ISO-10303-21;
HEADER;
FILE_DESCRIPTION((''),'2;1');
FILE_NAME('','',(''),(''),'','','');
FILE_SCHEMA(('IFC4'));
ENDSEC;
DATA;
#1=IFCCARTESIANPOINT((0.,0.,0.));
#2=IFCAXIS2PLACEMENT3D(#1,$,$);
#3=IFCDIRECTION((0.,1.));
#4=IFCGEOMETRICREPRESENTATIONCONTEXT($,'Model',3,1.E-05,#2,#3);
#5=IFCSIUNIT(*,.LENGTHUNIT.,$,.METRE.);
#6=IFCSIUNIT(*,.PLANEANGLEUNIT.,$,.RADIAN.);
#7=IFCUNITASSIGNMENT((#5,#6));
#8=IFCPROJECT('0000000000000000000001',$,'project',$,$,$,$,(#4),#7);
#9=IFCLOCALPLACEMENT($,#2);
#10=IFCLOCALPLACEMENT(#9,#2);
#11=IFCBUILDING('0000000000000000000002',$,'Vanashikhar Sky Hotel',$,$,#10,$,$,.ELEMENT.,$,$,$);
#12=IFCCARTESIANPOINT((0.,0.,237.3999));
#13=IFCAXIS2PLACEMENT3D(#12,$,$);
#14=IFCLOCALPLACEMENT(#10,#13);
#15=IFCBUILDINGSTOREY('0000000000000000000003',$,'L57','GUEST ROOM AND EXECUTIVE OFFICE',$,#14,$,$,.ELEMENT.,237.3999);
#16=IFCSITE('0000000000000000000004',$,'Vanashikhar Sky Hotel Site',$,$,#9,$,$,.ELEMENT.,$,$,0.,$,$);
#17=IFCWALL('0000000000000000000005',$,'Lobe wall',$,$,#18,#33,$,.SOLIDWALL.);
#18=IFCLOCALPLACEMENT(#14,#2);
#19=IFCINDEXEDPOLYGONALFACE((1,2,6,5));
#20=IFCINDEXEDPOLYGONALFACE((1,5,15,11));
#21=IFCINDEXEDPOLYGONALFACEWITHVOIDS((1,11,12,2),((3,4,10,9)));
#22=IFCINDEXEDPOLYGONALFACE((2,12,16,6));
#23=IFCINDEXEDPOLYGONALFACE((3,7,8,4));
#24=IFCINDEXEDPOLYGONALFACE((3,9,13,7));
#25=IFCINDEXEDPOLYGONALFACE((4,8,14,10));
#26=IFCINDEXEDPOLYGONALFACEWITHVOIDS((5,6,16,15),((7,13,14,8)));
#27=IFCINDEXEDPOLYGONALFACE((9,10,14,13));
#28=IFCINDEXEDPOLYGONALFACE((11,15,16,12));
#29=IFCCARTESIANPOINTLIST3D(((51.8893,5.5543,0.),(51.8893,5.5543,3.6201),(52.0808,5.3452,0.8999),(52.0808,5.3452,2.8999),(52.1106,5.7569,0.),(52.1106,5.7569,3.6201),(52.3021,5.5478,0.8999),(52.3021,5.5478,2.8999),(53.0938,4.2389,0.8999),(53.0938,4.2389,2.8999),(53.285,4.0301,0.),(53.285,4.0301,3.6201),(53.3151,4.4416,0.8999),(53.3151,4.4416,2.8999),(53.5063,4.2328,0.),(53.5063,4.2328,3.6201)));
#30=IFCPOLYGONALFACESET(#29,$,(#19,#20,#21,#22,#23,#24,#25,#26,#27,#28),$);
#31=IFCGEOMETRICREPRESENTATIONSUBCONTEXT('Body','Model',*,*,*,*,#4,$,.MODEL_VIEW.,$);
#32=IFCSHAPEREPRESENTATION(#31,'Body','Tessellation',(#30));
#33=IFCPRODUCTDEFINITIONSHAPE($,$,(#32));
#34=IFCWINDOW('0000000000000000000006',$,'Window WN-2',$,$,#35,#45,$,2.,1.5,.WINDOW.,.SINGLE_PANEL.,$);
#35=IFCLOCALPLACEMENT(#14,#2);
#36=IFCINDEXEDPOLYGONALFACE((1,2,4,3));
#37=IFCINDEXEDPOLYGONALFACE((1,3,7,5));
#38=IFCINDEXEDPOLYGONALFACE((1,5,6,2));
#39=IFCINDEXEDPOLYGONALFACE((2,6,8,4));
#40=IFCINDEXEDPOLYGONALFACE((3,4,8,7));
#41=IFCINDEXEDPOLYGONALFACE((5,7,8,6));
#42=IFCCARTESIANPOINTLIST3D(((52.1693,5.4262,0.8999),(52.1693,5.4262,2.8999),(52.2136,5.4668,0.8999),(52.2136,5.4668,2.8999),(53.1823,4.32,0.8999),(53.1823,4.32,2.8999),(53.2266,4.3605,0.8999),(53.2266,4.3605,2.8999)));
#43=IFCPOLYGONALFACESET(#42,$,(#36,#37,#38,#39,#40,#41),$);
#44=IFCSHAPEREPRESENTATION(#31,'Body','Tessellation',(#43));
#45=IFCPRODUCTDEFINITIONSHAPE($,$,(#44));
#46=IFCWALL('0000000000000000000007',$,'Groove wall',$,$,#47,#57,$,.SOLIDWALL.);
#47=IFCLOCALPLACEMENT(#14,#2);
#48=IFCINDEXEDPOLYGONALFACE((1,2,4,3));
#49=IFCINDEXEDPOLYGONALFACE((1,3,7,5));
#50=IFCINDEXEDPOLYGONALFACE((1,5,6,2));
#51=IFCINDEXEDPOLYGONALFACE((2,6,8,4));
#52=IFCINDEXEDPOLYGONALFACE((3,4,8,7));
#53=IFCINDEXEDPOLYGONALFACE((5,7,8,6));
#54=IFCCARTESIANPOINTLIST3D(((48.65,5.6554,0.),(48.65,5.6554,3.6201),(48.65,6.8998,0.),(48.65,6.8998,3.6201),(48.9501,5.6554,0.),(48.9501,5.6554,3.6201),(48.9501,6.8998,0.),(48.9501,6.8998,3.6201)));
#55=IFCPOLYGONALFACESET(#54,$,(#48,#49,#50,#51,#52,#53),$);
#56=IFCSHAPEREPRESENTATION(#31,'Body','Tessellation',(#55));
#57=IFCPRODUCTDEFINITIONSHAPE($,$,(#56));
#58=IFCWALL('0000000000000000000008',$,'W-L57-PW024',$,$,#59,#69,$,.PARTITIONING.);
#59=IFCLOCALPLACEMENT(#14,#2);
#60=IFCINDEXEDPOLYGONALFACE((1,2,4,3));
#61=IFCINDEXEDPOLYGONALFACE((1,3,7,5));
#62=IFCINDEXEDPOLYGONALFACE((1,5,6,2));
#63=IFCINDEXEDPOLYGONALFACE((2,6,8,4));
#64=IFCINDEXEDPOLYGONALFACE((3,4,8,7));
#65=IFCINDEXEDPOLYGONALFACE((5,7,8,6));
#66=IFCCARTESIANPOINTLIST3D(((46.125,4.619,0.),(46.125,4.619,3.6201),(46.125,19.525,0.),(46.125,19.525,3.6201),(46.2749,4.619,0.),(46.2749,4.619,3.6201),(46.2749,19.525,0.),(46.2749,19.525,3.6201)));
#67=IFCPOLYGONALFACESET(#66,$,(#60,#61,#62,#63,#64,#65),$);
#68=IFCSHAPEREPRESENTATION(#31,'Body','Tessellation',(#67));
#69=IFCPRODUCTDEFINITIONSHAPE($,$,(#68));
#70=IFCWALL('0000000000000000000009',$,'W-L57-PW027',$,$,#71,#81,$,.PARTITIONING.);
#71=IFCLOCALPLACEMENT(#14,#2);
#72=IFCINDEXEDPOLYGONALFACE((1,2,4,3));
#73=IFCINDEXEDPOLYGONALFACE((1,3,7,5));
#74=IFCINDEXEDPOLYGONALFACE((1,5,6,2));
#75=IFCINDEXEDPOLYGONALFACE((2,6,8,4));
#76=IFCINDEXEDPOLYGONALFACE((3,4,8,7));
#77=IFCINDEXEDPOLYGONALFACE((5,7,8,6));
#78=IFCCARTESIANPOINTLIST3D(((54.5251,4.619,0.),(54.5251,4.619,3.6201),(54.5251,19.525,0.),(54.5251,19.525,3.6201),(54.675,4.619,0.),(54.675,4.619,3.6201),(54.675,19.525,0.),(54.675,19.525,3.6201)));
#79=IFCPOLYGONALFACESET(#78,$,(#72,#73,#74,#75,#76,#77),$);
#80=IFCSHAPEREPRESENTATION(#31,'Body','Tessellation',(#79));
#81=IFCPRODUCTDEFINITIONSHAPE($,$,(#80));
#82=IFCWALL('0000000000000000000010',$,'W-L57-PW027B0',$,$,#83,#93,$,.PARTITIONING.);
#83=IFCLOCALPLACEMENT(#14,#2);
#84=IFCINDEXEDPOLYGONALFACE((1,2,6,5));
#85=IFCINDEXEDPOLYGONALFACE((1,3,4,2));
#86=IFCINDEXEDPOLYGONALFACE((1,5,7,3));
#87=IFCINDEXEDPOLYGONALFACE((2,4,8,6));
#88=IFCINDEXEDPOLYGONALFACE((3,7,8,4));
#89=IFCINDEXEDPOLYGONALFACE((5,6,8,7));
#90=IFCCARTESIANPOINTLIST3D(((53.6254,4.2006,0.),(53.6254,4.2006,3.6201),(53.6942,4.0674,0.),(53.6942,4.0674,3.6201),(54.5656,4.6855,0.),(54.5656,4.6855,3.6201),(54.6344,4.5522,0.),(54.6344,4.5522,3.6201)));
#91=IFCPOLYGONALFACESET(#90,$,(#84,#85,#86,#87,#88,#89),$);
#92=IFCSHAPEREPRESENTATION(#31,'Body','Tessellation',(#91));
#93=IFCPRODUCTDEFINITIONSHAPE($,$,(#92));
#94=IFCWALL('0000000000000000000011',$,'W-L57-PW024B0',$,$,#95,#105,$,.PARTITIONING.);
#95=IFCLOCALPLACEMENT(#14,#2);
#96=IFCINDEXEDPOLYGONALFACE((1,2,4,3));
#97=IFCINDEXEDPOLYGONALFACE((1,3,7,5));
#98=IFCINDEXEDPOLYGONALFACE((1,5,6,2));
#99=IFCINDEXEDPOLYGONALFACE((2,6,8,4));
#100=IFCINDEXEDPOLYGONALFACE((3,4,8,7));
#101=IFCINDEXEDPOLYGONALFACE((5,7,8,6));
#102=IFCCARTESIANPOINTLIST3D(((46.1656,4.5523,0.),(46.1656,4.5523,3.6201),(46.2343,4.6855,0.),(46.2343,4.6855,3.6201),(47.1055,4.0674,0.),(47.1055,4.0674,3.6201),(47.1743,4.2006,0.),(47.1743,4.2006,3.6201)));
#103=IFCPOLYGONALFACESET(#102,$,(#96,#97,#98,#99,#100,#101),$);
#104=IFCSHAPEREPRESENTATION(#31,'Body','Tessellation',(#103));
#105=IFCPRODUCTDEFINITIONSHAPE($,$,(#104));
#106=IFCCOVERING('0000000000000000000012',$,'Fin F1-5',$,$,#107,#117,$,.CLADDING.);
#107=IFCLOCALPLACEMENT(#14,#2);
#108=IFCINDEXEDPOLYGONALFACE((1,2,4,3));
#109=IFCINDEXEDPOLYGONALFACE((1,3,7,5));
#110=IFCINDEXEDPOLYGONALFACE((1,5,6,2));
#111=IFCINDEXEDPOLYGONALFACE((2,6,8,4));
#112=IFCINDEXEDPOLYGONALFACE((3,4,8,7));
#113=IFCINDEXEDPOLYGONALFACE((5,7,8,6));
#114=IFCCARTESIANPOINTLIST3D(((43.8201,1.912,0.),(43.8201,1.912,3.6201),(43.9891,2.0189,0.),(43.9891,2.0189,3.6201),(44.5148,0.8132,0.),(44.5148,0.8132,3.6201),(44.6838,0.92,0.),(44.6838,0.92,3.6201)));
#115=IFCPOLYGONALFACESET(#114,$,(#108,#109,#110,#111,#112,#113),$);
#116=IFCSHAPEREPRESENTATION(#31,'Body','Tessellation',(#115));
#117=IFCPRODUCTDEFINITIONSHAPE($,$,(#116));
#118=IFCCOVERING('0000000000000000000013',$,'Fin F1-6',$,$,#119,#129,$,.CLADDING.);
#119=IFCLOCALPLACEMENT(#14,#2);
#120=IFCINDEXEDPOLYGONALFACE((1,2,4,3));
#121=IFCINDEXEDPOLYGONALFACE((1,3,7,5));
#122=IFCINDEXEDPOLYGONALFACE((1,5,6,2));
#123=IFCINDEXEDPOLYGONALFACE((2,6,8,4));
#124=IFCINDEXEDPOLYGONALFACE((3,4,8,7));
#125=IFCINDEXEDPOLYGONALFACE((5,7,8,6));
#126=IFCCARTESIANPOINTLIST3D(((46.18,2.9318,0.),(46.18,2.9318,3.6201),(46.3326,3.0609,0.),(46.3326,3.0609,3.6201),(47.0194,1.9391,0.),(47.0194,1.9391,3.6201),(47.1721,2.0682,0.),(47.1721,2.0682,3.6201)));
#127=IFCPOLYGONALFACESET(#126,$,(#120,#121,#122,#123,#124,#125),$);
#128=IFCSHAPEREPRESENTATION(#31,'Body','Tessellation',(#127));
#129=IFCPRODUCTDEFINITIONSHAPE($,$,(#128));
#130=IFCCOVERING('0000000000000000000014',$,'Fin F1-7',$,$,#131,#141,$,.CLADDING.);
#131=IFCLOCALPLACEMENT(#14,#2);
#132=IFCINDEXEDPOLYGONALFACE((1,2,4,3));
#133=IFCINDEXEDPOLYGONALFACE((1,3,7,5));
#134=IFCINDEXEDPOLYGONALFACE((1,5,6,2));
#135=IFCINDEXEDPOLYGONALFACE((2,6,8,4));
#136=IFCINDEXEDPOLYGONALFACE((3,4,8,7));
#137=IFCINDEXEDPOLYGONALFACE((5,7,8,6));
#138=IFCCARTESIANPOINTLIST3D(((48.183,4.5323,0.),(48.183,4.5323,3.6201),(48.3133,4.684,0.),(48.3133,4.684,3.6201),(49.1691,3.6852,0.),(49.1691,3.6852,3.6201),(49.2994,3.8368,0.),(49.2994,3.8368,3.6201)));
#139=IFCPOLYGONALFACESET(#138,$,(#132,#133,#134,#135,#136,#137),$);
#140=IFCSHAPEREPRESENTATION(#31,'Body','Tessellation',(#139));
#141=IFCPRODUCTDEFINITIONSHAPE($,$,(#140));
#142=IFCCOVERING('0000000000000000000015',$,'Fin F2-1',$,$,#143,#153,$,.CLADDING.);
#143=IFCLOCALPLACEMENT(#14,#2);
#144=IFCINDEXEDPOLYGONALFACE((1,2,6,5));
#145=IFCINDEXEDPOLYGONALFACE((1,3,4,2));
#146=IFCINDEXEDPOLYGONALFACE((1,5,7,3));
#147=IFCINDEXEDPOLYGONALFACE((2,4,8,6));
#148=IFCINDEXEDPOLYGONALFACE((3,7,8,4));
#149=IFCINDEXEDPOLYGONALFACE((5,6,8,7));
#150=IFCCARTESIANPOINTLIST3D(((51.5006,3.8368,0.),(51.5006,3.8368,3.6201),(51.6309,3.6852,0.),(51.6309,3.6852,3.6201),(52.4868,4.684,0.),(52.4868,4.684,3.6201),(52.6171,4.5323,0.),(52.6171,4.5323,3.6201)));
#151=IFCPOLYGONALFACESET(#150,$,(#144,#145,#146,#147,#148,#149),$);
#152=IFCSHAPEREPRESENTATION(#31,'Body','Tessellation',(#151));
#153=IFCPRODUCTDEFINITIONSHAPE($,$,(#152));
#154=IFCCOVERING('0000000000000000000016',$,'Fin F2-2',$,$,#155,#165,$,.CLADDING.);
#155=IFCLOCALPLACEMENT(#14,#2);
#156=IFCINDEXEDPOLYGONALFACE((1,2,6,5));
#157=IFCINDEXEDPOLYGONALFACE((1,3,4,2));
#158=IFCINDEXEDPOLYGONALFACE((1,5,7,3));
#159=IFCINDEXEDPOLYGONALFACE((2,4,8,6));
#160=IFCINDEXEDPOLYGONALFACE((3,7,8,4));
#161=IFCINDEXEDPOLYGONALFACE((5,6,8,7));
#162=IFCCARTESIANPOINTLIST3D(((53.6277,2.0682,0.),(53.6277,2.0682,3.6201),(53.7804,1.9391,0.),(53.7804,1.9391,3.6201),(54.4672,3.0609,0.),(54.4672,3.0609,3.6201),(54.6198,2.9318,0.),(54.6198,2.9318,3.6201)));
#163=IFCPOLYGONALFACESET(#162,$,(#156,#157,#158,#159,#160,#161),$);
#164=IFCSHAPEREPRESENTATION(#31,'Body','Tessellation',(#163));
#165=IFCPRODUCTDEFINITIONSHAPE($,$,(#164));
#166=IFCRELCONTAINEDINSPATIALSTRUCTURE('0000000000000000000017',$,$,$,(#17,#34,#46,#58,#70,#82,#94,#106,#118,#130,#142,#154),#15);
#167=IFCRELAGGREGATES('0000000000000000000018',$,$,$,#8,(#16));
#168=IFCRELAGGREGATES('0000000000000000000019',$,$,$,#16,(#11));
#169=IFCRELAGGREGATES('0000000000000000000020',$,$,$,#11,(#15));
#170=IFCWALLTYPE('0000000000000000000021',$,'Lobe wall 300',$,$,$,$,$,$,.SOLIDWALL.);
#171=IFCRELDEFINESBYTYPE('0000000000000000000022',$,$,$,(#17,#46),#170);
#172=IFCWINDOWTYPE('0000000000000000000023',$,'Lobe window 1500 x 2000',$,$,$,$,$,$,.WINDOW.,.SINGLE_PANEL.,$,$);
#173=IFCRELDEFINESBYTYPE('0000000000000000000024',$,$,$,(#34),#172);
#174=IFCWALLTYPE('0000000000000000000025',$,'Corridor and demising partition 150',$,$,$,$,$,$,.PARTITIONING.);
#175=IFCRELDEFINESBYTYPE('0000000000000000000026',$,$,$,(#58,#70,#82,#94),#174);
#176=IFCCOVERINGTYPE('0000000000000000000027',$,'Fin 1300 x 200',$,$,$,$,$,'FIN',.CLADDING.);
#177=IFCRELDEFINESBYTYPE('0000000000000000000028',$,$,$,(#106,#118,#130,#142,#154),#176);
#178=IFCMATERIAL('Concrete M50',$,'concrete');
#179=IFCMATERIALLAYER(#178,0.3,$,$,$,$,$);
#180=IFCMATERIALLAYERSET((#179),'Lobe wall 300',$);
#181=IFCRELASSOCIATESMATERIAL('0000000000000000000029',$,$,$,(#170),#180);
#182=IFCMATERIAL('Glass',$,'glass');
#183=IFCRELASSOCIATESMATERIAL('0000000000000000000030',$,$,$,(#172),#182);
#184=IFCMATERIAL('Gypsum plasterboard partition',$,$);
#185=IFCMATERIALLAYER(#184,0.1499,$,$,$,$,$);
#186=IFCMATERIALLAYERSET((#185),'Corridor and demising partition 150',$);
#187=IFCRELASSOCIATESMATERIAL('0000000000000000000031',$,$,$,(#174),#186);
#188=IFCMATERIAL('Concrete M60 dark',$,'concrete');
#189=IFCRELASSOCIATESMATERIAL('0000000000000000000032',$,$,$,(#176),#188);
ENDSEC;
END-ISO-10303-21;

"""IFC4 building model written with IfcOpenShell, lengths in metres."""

from ifc_helpers import new_model, si_unit, direction, frame, frame_2d, origin, origin_2d, place, context, subcontext, project, spatial, rectangle, extrude, source, transform, mapped, material, layer, layer_set, material_profile, profile_set, type_object, element, fill, save


model = new_model("IFC4")

# Units and contexts
model_context = context("Model", 3, precision=1e-05, world=origin(), true_north=direction((0.0, 1.0)))
body_context = subcontext(model_context, "Body", "Model", "MODEL_VIEW")
ifc_project = project(units=[si_unit("LENGTHUNIT", "METRE"), si_unit("PLANEANGLEUNIT", "RADIAN")], contexts=[model_context])

# Site, building, storey
site_placement = place(None, origin())
site = spatial("IfcSite", under=ifc_project, at=site_placement, Name="Vanashikhar Sky Hotel Site", CompositionType="ELEMENT", RefElevation=0.0)
building_placement = place(site_placement, origin())
building = spatial("IfcBuilding", under=site, at=building_placement, Name="Vanashikhar Sky Hotel", CompositionType="ELEMENT")
storey_placement = place(building_placement, frame((0.0, 0.0, 237.3999)))
storey = spatial("IfcBuildingStorey", under=building, at=storey_placement, Name="L57", Description="GUEST ROOM AND EXECUTIVE OFFICE", CompositionType="ELEMENT", Elevation=237.3999)

# Wall, opening, window
ifc_material_1 = material(Name="Concrete M50", Category="concrete")
ifc_layer_1 = layer(ifc_material_1, 0.3)
ifc_layer_set_1 = layer_set([ifc_layer_1], Name="Lobe wall 300")
wall_type_1 = type_object("IfcWallType", Name="Lobe wall 300", PredefinedType="SOLIDWALL", material=ifc_layer_set_1)
shared_shape_1 = source(origin(), body_context, "Body", "SweptSolid", [
    extrude(rectangle(XDim=1.5, YDim=2.0, at=frame_2d((0.75, 1.0))), frame((0.0, 0.1602, 0.0), z_axis=(0.0, -1.0, 0.0), x_axis=(1.0, 0.0, 0.0)), (0.0, 0.0, 1.0), 0.3201),
])
ifc_material_2 = material(Name="Glass", Category="glass")
window_type = type_object("IfcWindowType", Name="Lobe window 1500 x 2000", PartitioningType="SINGLE_PANEL", PredefinedType="WINDOW", material=ifc_material_2)
shared_shape_2 = source(origin(), body_context, "Body", "SweptSolid", [
    extrude(rectangle(XDim=1.5, YDim=2.0, at=frame_2d((0.75, 1.0))), frame((0.0, 0.03, 0.0), z_axis=(0.0, -1.0, 0.0), x_axis=(1.0, 0.0, 0.0)), (0.0, 0.0, 1.0), 0.0601),
])
shared_shape_3 = source(origin(), body_context, "Body", "SweptSolid", [
    extrude(rectangle(XDim=2.0667, YDim=0.3, at=frame_2d((1.0332, 0.0))), origin(), (0.0, 0.0, 1.0), 3.6201),
])
wall_1_placement = place(storey_placement, frame((52.0, 5.6555, 0.0), z_axis=(0.0, 0.0, 1.0), x_axis=(0.675355, -0.737492, 0.0)))
wall_1 = element("IfcWall", 1, at=wall_1_placement, inside=storey, type_object=wall_type_1, Name="Lobe wall", PredefinedType="SOLIDWALL", context=body_context, shape_type="MappedRepresentation", body=[
    mapped(shared_shape_3, transform((0.0, 0.0, 0.0), scale=1.0)),
])
opening_1_placement = place(wall_1_placement, frame((0.2834, 0.0, 0.8999)))
opening_1 = element("IfcOpeningElement", 2, at=opening_1_placement, cuts=wall_1, PredefinedType="OPENING", context=body_context, shape_type="MappedRepresentation", body=[
    mapped(shared_shape_1, transform((0.0, 0.0, 0.0), scale=1.0)),
])
window_1_placement = place(opening_1_placement, origin())
window_1 = element("IfcWindow", 3, at=window_1_placement, inside=storey, type_object=window_type, Name="Window WN-2", OverallHeight=2.0, OverallWidth=1.5, PartitioningType="SINGLE_PANEL", PredefinedType="WINDOW", context=body_context, shape_type="MappedRepresentation", body=[
    mapped(shared_shape_2, transform((0.0, 0.0, 0.0), scale=1.0)),
])
fill(opening_1, window_1)

# Walls
shared_shape_4 = source(origin(), body_context, "Body", "SweptSolid", [
    extrude(rectangle(XDim=1.2444, YDim=0.3, at=frame_2d((0.6221, 0.0))), origin(), (0.0, 0.0, 1.0), 3.6201),
])
wall_2_placement = place(storey_placement, frame((48.8, 5.6555, 0.0), z_axis=(0.0, 0.0, 1.0), x_axis=(0.0, 1.0, 0.0)))
element("IfcWall", 4, at=wall_2_placement, inside=storey, type_object=wall_type_1, Name="Groove wall", PredefinedType="SOLIDWALL", context=body_context, shape_type="MappedRepresentation", body=[
    mapped(shared_shape_4, transform((0.0, 0.0, 0.0), scale=1.0)),
])
ifc_material_3 = material(Name="Gypsum plasterboard partition")
ifc_layer_2 = layer(ifc_material_3, 0.1499)
ifc_layer_set_2 = layer_set([ifc_layer_2], Name="Corridor and demising partition 150")
wall_type_2 = type_object("IfcWallType", Name="Corridor and demising partition 150", PredefinedType="PARTITIONING", material=ifc_layer_set_2)
shared_shape_5 = source(origin(), body_context, "Body", "SweptSolid", [
    extrude(rectangle(XDim=14.906, YDim=0.1499, at=frame_2d((7.4531, 0.0))), origin(), (0.0, 0.0, 1.0), 3.6201),
])
for number, where, z_axis, x_axis, name in (
    (5, (46.2, 4.6189, 0.0), (0.0, 0.0, 1.0), (0.0, 1.0, 0.0), "W-L57-PW024"),
    (6, (54.6001, 4.6189, 0.0), (0.0, 0.0, 1.0), (0.0, 1.0, 0.0), "W-L57-PW027"),
):
    element("IfcWall", number, at=place(storey_placement, frame(where, z_axis=z_axis, x_axis=x_axis)), inside=storey, type_object=wall_type_2, Name=name, PredefinedType="PARTITIONING", context=body_context, shape_type="MappedRepresentation", body=[
        mapped(shared_shape_5, transform((0.0, 0.0, 0.0), scale=1.0)),
    ])
shared_shape_6 = source(origin(), body_context, "Body", "SweptSolid", [
    extrude(rectangle(XDim=1.0579, YDim=0.1499, at=frame_2d((0.5288, 0.0))), origin(), (0.0, 0.0, 1.0), 3.6201),
])
wall_3_placement = place(storey_placement, frame((53.6599, 4.134, 0.0), z_axis=(0.0, 0.0, 1.0), x_axis=(0.888772, 0.458349, 0.0)))
element("IfcWall", 7, at=wall_3_placement, inside=storey, type_object=wall_type_2, Name="W-L57-PW027B0", PredefinedType="PARTITIONING", context=body_context, shape_type="MappedRepresentation", body=[
    mapped(shared_shape_6, transform((0.0, 0.0, 0.0), scale=1.0)),
])
shared_shape_7 = source(origin(), body_context, "Body", "SweptSolid", [
    extrude(rectangle(XDim=1.0576, YDim=0.1499, at=frame_2d((0.5288, 0.0))), origin(), (0.0, 0.0, 1.0), 3.6201),
])
wall_4_placement = place(storey_placement, frame((47.1399, 4.134, 0.0), z_axis=(0.0, 0.0, 1.0), x_axis=(-0.888724, 0.458443, 0.0)))
element("IfcWall", 8, at=wall_4_placement, inside=storey, type_object=wall_type_2, Name="W-L57-PW024B0", PredefinedType="PARTITIONING", context=body_context, shape_type="MappedRepresentation", body=[
    mapped(shared_shape_7, transform((0.0, 0.0, 0.0), scale=1.0)),
])

# Coverings
ifc_material_4 = material(Name="Concrete M60 dark", Category="concrete")
ifc_material_profile = material_profile(ifc_material_4, rectangle(XDim=1.3, YDim=0.2, at=origin_2d()))
ifc_profile_set = profile_set([ifc_material_profile], Name="Fin 1300 x 200")
covering_type = type_object("IfcCoveringType", Name="Fin 1300 x 200", ElementType="FIN", PredefinedType="CLADDING", material=ifc_profile_set)
shared_shape_8 = source(origin(), body_context, "Body", "SweptSolid", [
    extrude(rectangle(XDim=1.3, YDim=0.2, at=origin_2d()), origin(), (0.0, 0.0, 1.0), 3.6201),
])
for number, where, z_axis, x_axis, name in (
    (9, (44.252, 1.416, 0.0), (0.0, 0.0, 1.0), (0.534411, -0.845225, 0.0), "Fin F1-5"),
    (10, (46.676, 2.5, 0.0), (0.0, 0.0, 1.0), (0.645698, -0.763593, 0.0), "Fin F1-6"),
    (11, (48.7412, 4.1846, 0.0), (0.0, 0.0, 1.0), (0.758544, -0.651622, 0.0), "Fin F1-7"),
    (12, (52.0588, 4.1846, 0.0), (0.0, 0.0, 1.0), (-0.758544, -0.651622, 0.0), "Fin F2-1"),
    (13, (54.1238, 2.5, 0.0), (0.0, 0.0, 1.0), (-0.645698, -0.763593, 0.0), "Fin F2-2"),
):
    element("IfcCovering", number, at=place(storey_placement, frame(where, z_axis=z_axis, x_axis=x_axis)), inside=storey, type_object=covering_type, Name=name, PredefinedType="CLADDING", context=body_context, shape_type="MappedRepresentation", body=[
        mapped(shared_shape_8, transform((0.0, 0.0, 0.0), scale=1.0)),
    ])

save(model, "model.ifc")
